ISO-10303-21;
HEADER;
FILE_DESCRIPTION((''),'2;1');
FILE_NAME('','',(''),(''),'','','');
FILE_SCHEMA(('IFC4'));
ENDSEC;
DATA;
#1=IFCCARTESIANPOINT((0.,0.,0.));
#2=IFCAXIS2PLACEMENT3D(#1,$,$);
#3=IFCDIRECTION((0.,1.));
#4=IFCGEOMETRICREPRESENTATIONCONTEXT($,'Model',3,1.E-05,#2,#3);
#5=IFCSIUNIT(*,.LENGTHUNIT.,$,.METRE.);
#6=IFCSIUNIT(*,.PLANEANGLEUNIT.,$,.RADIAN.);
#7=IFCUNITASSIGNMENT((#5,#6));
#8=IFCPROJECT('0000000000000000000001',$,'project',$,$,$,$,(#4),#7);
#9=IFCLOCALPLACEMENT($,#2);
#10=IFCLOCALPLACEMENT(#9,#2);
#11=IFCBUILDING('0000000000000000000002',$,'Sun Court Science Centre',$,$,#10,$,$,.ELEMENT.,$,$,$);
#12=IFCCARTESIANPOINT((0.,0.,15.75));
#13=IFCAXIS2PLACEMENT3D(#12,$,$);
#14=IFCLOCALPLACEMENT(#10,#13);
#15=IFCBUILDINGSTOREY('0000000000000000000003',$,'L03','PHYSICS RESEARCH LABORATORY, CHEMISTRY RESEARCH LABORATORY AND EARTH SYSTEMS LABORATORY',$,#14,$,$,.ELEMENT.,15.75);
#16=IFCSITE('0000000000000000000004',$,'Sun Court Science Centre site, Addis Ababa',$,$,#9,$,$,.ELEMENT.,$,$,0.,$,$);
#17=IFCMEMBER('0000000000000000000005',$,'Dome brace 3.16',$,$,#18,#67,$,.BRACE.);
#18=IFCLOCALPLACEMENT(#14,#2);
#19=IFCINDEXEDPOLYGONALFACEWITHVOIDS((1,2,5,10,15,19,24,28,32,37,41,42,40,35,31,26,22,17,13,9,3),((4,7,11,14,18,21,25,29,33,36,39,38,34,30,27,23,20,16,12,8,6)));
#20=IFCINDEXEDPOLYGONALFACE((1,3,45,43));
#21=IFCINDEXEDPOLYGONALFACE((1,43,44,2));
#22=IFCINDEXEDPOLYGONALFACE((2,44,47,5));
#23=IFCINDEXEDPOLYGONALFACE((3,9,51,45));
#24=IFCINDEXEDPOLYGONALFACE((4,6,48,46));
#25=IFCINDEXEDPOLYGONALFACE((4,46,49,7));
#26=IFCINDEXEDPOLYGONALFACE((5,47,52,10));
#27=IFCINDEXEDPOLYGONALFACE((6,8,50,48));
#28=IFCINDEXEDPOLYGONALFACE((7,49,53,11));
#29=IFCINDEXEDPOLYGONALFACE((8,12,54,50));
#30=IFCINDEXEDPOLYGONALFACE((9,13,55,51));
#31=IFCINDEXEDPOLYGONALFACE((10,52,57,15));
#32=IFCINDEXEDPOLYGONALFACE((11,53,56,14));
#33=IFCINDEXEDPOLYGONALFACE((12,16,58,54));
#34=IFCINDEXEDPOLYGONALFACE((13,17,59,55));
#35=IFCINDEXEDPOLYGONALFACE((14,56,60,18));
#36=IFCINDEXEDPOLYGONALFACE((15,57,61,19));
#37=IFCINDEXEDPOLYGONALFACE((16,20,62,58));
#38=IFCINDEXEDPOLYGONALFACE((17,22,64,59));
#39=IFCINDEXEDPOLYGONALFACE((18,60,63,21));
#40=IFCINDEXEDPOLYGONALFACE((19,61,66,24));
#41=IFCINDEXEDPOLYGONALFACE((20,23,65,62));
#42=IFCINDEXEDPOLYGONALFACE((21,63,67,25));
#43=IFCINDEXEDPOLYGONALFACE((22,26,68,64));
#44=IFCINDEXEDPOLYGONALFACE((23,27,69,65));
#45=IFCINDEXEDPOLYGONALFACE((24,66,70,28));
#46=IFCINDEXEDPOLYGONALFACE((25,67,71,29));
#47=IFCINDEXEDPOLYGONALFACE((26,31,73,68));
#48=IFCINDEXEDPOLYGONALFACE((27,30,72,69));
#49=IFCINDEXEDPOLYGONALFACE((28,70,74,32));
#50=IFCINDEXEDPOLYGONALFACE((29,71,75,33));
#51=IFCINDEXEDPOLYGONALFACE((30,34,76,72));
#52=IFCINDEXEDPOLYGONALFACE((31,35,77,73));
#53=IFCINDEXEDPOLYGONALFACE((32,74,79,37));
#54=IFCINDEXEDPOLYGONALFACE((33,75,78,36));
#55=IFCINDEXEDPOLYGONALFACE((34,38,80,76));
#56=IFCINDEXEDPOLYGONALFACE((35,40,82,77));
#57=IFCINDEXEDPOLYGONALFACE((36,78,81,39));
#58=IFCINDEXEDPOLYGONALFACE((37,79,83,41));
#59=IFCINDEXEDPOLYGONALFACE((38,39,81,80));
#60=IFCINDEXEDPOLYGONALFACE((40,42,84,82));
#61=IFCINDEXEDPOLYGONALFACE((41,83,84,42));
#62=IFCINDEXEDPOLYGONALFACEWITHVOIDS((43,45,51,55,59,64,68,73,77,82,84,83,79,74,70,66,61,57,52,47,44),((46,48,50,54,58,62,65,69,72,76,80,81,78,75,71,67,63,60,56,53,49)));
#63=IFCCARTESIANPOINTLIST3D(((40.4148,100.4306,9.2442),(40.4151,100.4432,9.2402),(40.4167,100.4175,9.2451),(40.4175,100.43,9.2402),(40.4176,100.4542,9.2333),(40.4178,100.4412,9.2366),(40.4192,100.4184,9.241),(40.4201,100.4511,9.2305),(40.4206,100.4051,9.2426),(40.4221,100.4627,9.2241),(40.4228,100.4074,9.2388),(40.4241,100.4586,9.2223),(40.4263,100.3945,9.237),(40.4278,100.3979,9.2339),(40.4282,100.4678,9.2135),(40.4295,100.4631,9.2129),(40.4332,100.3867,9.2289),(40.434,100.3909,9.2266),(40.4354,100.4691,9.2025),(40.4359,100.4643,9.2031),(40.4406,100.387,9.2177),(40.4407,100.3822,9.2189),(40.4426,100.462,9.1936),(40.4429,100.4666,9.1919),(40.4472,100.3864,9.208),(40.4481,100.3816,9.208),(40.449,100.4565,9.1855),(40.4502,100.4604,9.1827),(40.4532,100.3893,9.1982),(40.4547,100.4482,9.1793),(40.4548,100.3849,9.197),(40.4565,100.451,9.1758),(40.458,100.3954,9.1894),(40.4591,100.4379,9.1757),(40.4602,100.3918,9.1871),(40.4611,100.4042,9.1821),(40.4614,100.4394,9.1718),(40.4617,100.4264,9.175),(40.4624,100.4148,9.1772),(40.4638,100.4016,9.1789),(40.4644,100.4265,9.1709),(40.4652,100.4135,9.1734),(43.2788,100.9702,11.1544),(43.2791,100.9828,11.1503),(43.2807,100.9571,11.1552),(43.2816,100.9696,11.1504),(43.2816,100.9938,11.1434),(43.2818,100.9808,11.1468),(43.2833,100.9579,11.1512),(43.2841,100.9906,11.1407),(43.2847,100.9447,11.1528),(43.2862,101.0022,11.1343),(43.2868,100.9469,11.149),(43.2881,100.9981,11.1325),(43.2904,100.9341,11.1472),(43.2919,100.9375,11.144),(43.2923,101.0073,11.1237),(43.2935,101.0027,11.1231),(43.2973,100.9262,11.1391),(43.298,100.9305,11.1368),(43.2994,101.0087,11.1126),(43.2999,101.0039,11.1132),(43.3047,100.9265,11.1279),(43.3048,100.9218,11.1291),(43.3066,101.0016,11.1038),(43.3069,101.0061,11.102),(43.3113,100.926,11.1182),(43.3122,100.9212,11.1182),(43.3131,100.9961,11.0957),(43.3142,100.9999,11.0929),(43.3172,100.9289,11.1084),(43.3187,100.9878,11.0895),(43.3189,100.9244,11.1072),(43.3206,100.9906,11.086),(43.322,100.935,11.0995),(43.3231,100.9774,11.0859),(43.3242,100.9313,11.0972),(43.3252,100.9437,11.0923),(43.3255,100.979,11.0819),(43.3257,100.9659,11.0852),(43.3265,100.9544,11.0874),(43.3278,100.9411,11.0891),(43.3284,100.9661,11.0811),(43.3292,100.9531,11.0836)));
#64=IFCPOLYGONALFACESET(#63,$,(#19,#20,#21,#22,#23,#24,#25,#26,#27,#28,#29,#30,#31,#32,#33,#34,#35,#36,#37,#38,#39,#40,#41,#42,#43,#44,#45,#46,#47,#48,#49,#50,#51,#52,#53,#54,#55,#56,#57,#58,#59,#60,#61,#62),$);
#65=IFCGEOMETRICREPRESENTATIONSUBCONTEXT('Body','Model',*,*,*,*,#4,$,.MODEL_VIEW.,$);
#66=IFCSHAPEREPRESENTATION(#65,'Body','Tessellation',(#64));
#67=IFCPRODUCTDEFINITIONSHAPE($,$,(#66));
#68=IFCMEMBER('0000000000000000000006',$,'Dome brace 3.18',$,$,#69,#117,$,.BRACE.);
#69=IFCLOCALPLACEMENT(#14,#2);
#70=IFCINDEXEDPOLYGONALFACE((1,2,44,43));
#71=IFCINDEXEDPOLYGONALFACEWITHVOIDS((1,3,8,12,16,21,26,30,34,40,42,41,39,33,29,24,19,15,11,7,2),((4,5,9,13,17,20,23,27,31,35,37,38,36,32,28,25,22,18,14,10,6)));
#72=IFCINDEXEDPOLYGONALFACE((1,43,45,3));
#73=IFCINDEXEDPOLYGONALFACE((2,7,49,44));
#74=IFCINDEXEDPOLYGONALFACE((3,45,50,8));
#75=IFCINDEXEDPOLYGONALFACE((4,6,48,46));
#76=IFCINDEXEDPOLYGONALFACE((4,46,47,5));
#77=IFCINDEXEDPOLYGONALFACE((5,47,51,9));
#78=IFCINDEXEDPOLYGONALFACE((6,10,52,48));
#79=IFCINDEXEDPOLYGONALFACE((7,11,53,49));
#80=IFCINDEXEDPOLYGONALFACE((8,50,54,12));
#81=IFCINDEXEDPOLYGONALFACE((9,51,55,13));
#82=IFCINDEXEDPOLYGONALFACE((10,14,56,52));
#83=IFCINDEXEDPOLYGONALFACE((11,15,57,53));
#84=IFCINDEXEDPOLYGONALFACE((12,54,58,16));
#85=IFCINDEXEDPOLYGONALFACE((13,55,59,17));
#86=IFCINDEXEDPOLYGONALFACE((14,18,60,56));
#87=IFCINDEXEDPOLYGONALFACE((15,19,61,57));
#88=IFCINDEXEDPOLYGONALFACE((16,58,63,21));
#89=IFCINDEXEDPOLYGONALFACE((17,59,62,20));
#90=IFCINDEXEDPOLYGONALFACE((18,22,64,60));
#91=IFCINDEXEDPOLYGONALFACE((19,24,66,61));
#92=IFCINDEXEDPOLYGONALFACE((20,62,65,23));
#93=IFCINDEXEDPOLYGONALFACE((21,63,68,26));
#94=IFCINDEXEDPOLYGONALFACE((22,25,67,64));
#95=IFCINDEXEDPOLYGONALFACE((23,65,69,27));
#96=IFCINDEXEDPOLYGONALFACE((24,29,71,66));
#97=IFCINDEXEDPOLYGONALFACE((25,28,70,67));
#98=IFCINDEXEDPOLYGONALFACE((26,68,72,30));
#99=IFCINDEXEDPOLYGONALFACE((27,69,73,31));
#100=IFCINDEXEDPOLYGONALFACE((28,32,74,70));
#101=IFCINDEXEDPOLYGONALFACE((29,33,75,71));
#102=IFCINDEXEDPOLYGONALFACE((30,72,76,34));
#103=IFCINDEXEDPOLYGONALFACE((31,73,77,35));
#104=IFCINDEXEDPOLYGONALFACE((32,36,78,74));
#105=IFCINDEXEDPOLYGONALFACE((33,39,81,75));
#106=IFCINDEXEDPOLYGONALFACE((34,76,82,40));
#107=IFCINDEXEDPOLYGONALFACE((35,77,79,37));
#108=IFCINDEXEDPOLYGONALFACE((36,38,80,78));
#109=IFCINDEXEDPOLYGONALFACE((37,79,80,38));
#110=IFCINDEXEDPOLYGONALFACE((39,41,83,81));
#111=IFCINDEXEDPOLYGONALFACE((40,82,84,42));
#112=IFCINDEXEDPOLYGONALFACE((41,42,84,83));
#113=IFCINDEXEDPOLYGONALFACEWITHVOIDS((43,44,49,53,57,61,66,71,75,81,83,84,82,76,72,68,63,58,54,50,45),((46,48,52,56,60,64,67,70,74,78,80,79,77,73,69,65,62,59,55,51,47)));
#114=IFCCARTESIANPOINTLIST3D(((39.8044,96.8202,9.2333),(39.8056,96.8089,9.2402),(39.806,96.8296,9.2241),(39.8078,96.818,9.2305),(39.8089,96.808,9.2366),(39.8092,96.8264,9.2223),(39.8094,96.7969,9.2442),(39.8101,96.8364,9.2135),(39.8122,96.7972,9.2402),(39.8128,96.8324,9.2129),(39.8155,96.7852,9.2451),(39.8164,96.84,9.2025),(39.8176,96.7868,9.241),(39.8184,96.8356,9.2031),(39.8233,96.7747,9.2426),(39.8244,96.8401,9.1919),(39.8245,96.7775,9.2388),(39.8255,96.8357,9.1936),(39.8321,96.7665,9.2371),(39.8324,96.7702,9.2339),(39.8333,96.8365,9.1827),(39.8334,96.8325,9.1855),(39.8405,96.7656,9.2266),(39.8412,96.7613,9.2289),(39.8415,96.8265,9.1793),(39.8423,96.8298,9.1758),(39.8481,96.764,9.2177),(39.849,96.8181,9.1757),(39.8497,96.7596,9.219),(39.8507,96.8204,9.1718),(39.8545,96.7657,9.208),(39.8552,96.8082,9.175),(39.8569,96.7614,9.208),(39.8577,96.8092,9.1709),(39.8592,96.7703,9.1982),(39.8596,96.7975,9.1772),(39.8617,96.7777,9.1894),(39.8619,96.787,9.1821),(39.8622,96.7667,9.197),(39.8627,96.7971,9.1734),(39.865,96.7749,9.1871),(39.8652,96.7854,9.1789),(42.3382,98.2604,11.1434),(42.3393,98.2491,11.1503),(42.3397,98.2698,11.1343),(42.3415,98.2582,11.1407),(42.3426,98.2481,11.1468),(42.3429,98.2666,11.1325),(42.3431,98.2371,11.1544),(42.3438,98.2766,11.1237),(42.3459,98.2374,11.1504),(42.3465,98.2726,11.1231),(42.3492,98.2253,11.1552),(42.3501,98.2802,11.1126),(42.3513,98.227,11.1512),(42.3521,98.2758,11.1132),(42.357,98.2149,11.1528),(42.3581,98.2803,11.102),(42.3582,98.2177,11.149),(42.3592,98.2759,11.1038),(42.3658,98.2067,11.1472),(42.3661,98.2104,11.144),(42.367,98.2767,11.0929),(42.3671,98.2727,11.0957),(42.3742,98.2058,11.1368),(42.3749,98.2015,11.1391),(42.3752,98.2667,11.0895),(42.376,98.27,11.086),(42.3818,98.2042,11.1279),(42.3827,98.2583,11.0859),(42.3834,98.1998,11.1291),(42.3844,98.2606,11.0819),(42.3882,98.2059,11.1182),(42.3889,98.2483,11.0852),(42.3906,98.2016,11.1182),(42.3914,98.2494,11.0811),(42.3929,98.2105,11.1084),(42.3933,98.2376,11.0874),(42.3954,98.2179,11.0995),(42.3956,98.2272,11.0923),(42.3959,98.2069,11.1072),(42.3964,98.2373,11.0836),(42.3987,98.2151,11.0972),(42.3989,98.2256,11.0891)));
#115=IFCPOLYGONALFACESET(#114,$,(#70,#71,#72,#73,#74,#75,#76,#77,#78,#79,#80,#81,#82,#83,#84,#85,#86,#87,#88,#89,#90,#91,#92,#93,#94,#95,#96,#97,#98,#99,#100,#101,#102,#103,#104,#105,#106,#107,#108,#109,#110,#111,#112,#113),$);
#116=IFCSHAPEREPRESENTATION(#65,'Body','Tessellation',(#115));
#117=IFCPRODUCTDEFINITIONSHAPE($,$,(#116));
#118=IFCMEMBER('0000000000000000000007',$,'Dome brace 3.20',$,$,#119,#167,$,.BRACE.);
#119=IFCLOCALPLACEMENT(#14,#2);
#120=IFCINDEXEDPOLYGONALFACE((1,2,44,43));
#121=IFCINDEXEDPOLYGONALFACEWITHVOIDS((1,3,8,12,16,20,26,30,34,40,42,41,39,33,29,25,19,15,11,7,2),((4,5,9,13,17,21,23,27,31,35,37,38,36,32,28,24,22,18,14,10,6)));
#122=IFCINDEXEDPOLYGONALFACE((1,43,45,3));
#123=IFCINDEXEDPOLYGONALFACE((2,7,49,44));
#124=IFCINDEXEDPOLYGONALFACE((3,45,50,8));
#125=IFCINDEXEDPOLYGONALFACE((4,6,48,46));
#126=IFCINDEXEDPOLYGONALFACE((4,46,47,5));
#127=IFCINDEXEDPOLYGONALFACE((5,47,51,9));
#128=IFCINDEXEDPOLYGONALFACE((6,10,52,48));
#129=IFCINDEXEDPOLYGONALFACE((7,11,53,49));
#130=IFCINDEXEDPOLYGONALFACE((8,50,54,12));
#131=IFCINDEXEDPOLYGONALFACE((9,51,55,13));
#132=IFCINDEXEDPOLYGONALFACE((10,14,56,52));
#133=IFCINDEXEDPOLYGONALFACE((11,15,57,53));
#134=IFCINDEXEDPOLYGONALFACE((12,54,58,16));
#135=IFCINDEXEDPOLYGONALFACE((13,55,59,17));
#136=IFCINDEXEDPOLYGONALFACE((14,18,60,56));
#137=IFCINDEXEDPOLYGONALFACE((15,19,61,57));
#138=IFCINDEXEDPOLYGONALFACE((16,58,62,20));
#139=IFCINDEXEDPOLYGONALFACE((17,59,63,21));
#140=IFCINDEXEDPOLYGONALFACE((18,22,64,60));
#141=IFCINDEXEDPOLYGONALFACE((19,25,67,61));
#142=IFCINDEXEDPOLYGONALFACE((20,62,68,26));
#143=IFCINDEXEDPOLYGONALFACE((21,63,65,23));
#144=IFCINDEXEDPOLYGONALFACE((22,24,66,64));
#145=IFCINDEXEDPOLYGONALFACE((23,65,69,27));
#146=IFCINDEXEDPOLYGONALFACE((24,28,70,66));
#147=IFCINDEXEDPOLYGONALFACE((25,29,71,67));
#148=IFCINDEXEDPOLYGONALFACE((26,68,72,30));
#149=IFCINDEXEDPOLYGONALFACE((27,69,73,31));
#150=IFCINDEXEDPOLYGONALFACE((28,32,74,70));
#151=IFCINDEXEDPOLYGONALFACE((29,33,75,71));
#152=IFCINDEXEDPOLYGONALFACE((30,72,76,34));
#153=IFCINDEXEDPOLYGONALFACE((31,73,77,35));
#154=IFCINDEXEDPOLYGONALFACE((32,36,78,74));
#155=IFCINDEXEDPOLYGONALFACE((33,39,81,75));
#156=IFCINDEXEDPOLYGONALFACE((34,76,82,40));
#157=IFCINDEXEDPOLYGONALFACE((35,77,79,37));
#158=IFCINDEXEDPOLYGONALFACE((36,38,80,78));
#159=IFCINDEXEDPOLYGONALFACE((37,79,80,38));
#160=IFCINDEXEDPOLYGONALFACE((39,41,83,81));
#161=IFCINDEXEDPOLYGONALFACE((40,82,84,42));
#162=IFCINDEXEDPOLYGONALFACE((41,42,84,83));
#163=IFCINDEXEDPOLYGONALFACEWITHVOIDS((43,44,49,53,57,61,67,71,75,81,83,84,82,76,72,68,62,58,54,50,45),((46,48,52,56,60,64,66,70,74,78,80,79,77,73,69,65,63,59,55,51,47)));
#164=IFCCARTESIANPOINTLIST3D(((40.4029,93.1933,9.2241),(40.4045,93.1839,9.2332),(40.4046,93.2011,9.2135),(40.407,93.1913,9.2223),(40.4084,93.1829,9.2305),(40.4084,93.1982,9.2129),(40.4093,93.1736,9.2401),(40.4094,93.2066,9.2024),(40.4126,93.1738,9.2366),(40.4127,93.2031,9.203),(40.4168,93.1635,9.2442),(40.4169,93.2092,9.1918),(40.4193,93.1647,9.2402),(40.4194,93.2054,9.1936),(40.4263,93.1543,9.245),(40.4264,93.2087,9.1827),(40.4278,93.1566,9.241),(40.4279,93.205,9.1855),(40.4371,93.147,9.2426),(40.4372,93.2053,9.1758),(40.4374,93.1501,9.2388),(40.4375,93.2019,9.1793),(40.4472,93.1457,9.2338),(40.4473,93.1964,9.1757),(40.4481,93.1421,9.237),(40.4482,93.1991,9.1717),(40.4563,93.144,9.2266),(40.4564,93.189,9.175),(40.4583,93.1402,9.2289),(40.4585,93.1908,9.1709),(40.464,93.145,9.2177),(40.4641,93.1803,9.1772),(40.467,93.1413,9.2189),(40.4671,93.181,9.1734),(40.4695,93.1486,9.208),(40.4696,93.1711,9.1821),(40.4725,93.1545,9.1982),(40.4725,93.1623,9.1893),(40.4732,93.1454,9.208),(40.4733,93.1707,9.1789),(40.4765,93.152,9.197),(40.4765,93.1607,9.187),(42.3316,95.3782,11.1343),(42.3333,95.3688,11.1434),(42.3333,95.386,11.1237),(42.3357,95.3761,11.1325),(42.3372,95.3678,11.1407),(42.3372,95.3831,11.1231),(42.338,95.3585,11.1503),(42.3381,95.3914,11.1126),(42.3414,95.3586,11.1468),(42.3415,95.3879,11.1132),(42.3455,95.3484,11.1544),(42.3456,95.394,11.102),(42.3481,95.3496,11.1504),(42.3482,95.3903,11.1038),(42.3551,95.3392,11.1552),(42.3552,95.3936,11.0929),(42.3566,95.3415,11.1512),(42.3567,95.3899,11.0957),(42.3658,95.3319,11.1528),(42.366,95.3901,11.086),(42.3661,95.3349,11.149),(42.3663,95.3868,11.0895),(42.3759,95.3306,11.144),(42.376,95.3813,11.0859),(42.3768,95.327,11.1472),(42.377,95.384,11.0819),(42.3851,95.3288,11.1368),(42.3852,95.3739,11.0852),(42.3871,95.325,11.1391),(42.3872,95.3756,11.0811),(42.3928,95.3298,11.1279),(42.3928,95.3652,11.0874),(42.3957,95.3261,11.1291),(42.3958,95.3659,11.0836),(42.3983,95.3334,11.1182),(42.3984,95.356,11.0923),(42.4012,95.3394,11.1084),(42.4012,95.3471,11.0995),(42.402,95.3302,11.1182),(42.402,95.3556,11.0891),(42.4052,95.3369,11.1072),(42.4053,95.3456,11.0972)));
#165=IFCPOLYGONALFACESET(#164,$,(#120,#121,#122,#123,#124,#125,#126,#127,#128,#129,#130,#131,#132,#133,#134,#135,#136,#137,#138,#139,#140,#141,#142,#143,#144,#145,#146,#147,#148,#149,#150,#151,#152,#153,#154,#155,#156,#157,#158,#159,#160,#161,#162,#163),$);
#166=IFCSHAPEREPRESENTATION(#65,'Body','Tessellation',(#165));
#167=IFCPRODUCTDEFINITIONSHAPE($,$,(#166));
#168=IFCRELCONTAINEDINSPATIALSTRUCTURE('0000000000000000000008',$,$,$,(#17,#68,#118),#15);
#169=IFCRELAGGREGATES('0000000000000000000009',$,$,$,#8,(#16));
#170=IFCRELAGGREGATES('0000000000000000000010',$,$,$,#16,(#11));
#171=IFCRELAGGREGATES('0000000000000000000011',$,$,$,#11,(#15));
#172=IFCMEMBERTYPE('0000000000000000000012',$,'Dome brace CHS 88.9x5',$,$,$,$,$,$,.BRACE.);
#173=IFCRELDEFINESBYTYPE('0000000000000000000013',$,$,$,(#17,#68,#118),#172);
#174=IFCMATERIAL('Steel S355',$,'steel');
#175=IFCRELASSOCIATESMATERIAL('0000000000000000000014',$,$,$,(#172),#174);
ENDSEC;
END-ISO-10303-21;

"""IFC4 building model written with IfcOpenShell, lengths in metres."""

from ifc_helpers import new_model, si_unit, direction, frame, origin, origin_2d, place, context, subcontext, project, spatial, hollow_circle, extrude, material, material_profile, profile_set, type_object, element, save


model = new_model("IFC4")

# Units and contexts
model_context = context("Model", 3, precision=1e-05, world=origin(), true_north=direction((0.0, 1.0)))
body_context = subcontext(model_context, "Body", "Model", "MODEL_VIEW")
ifc_project = project(units=[si_unit("LENGTHUNIT", "METRE"), si_unit("PLANEANGLEUNIT", "RADIAN")], contexts=[model_context])

# Site, building, storey
site_placement = place(None, origin())
site = spatial("IfcSite", under=ifc_project, at=site_placement, Name="Sun Court Science Centre site, Addis Ababa", CompositionType="ELEMENT", RefElevation=0.0)
building_placement = place(site_placement, origin())
building = spatial("IfcBuilding", under=site, at=building_placement, Name="Sun Court Science Centre", CompositionType="ELEMENT")
storey_placement = place(building_placement, frame((0.0, 0.0, 15.75)))
storey = spatial("IfcBuildingStorey", under=building, at=storey_placement, Name="L03", Description="PHYSICS RESEARCH LABORATORY, CHEMISTRY RESEARCH LABORATORY AND EARTH SYSTEMS LABORATORY", CompositionType="ELEMENT", Elevation=15.75)

# Members
ifc_material_1 = material(Name="Steel S355", Category="steel")
ifc_material_profile_1 = material_profile(ifc_material_1, hollow_circle(Radius=0.0444, WallThickness=0.0049, at=origin_2d()), Name="CHS 88.9x5")
ifc_profile_set_1 = profile_set([ifc_material_profile_1], Name="Steel S355")
member_type_1 = type_object("IfcMemberType", Name="Dome brace CHS 88.9x5", PredefinedType="BRACE", material=ifc_profile_set_1)
for number, where, z_axis, x_axis, name in (
    (1, (43.304, 100.9648, 11.1182), (-0.821908, -0.154839, -0.548172), (0.185133, -0.982713, 0.0), "Dome brace 3.16"),
    (2, (42.3687, 98.2402, 11.1182), (-0.727112, -0.4133, -0.548171), (0.494162, -0.86937, 0.0), "Dome brace 3.18"),
    (3, (42.3687, 95.3596, 11.1182), (-0.553505, -0.627002, -0.54818), (0.749679, -0.661802, 0.0), "Dome brace 3.20"),
):
    element("IfcMember", number, at=place(storey_placement, frame(where, z_axis=z_axis, x_axis=x_axis)), inside=storey, type_object=member_type_1, Name=name, PredefinedType="BRACE", context=body_context, shape_type="SweptSolid", body=[
        extrude(hollow_circle(Radius=0.0444, WallThickness=0.0049, at=origin_2d()), origin(), (0.0, 0.0, 1.0), 3.4846),
    ])

save(model, "model.ifc")
